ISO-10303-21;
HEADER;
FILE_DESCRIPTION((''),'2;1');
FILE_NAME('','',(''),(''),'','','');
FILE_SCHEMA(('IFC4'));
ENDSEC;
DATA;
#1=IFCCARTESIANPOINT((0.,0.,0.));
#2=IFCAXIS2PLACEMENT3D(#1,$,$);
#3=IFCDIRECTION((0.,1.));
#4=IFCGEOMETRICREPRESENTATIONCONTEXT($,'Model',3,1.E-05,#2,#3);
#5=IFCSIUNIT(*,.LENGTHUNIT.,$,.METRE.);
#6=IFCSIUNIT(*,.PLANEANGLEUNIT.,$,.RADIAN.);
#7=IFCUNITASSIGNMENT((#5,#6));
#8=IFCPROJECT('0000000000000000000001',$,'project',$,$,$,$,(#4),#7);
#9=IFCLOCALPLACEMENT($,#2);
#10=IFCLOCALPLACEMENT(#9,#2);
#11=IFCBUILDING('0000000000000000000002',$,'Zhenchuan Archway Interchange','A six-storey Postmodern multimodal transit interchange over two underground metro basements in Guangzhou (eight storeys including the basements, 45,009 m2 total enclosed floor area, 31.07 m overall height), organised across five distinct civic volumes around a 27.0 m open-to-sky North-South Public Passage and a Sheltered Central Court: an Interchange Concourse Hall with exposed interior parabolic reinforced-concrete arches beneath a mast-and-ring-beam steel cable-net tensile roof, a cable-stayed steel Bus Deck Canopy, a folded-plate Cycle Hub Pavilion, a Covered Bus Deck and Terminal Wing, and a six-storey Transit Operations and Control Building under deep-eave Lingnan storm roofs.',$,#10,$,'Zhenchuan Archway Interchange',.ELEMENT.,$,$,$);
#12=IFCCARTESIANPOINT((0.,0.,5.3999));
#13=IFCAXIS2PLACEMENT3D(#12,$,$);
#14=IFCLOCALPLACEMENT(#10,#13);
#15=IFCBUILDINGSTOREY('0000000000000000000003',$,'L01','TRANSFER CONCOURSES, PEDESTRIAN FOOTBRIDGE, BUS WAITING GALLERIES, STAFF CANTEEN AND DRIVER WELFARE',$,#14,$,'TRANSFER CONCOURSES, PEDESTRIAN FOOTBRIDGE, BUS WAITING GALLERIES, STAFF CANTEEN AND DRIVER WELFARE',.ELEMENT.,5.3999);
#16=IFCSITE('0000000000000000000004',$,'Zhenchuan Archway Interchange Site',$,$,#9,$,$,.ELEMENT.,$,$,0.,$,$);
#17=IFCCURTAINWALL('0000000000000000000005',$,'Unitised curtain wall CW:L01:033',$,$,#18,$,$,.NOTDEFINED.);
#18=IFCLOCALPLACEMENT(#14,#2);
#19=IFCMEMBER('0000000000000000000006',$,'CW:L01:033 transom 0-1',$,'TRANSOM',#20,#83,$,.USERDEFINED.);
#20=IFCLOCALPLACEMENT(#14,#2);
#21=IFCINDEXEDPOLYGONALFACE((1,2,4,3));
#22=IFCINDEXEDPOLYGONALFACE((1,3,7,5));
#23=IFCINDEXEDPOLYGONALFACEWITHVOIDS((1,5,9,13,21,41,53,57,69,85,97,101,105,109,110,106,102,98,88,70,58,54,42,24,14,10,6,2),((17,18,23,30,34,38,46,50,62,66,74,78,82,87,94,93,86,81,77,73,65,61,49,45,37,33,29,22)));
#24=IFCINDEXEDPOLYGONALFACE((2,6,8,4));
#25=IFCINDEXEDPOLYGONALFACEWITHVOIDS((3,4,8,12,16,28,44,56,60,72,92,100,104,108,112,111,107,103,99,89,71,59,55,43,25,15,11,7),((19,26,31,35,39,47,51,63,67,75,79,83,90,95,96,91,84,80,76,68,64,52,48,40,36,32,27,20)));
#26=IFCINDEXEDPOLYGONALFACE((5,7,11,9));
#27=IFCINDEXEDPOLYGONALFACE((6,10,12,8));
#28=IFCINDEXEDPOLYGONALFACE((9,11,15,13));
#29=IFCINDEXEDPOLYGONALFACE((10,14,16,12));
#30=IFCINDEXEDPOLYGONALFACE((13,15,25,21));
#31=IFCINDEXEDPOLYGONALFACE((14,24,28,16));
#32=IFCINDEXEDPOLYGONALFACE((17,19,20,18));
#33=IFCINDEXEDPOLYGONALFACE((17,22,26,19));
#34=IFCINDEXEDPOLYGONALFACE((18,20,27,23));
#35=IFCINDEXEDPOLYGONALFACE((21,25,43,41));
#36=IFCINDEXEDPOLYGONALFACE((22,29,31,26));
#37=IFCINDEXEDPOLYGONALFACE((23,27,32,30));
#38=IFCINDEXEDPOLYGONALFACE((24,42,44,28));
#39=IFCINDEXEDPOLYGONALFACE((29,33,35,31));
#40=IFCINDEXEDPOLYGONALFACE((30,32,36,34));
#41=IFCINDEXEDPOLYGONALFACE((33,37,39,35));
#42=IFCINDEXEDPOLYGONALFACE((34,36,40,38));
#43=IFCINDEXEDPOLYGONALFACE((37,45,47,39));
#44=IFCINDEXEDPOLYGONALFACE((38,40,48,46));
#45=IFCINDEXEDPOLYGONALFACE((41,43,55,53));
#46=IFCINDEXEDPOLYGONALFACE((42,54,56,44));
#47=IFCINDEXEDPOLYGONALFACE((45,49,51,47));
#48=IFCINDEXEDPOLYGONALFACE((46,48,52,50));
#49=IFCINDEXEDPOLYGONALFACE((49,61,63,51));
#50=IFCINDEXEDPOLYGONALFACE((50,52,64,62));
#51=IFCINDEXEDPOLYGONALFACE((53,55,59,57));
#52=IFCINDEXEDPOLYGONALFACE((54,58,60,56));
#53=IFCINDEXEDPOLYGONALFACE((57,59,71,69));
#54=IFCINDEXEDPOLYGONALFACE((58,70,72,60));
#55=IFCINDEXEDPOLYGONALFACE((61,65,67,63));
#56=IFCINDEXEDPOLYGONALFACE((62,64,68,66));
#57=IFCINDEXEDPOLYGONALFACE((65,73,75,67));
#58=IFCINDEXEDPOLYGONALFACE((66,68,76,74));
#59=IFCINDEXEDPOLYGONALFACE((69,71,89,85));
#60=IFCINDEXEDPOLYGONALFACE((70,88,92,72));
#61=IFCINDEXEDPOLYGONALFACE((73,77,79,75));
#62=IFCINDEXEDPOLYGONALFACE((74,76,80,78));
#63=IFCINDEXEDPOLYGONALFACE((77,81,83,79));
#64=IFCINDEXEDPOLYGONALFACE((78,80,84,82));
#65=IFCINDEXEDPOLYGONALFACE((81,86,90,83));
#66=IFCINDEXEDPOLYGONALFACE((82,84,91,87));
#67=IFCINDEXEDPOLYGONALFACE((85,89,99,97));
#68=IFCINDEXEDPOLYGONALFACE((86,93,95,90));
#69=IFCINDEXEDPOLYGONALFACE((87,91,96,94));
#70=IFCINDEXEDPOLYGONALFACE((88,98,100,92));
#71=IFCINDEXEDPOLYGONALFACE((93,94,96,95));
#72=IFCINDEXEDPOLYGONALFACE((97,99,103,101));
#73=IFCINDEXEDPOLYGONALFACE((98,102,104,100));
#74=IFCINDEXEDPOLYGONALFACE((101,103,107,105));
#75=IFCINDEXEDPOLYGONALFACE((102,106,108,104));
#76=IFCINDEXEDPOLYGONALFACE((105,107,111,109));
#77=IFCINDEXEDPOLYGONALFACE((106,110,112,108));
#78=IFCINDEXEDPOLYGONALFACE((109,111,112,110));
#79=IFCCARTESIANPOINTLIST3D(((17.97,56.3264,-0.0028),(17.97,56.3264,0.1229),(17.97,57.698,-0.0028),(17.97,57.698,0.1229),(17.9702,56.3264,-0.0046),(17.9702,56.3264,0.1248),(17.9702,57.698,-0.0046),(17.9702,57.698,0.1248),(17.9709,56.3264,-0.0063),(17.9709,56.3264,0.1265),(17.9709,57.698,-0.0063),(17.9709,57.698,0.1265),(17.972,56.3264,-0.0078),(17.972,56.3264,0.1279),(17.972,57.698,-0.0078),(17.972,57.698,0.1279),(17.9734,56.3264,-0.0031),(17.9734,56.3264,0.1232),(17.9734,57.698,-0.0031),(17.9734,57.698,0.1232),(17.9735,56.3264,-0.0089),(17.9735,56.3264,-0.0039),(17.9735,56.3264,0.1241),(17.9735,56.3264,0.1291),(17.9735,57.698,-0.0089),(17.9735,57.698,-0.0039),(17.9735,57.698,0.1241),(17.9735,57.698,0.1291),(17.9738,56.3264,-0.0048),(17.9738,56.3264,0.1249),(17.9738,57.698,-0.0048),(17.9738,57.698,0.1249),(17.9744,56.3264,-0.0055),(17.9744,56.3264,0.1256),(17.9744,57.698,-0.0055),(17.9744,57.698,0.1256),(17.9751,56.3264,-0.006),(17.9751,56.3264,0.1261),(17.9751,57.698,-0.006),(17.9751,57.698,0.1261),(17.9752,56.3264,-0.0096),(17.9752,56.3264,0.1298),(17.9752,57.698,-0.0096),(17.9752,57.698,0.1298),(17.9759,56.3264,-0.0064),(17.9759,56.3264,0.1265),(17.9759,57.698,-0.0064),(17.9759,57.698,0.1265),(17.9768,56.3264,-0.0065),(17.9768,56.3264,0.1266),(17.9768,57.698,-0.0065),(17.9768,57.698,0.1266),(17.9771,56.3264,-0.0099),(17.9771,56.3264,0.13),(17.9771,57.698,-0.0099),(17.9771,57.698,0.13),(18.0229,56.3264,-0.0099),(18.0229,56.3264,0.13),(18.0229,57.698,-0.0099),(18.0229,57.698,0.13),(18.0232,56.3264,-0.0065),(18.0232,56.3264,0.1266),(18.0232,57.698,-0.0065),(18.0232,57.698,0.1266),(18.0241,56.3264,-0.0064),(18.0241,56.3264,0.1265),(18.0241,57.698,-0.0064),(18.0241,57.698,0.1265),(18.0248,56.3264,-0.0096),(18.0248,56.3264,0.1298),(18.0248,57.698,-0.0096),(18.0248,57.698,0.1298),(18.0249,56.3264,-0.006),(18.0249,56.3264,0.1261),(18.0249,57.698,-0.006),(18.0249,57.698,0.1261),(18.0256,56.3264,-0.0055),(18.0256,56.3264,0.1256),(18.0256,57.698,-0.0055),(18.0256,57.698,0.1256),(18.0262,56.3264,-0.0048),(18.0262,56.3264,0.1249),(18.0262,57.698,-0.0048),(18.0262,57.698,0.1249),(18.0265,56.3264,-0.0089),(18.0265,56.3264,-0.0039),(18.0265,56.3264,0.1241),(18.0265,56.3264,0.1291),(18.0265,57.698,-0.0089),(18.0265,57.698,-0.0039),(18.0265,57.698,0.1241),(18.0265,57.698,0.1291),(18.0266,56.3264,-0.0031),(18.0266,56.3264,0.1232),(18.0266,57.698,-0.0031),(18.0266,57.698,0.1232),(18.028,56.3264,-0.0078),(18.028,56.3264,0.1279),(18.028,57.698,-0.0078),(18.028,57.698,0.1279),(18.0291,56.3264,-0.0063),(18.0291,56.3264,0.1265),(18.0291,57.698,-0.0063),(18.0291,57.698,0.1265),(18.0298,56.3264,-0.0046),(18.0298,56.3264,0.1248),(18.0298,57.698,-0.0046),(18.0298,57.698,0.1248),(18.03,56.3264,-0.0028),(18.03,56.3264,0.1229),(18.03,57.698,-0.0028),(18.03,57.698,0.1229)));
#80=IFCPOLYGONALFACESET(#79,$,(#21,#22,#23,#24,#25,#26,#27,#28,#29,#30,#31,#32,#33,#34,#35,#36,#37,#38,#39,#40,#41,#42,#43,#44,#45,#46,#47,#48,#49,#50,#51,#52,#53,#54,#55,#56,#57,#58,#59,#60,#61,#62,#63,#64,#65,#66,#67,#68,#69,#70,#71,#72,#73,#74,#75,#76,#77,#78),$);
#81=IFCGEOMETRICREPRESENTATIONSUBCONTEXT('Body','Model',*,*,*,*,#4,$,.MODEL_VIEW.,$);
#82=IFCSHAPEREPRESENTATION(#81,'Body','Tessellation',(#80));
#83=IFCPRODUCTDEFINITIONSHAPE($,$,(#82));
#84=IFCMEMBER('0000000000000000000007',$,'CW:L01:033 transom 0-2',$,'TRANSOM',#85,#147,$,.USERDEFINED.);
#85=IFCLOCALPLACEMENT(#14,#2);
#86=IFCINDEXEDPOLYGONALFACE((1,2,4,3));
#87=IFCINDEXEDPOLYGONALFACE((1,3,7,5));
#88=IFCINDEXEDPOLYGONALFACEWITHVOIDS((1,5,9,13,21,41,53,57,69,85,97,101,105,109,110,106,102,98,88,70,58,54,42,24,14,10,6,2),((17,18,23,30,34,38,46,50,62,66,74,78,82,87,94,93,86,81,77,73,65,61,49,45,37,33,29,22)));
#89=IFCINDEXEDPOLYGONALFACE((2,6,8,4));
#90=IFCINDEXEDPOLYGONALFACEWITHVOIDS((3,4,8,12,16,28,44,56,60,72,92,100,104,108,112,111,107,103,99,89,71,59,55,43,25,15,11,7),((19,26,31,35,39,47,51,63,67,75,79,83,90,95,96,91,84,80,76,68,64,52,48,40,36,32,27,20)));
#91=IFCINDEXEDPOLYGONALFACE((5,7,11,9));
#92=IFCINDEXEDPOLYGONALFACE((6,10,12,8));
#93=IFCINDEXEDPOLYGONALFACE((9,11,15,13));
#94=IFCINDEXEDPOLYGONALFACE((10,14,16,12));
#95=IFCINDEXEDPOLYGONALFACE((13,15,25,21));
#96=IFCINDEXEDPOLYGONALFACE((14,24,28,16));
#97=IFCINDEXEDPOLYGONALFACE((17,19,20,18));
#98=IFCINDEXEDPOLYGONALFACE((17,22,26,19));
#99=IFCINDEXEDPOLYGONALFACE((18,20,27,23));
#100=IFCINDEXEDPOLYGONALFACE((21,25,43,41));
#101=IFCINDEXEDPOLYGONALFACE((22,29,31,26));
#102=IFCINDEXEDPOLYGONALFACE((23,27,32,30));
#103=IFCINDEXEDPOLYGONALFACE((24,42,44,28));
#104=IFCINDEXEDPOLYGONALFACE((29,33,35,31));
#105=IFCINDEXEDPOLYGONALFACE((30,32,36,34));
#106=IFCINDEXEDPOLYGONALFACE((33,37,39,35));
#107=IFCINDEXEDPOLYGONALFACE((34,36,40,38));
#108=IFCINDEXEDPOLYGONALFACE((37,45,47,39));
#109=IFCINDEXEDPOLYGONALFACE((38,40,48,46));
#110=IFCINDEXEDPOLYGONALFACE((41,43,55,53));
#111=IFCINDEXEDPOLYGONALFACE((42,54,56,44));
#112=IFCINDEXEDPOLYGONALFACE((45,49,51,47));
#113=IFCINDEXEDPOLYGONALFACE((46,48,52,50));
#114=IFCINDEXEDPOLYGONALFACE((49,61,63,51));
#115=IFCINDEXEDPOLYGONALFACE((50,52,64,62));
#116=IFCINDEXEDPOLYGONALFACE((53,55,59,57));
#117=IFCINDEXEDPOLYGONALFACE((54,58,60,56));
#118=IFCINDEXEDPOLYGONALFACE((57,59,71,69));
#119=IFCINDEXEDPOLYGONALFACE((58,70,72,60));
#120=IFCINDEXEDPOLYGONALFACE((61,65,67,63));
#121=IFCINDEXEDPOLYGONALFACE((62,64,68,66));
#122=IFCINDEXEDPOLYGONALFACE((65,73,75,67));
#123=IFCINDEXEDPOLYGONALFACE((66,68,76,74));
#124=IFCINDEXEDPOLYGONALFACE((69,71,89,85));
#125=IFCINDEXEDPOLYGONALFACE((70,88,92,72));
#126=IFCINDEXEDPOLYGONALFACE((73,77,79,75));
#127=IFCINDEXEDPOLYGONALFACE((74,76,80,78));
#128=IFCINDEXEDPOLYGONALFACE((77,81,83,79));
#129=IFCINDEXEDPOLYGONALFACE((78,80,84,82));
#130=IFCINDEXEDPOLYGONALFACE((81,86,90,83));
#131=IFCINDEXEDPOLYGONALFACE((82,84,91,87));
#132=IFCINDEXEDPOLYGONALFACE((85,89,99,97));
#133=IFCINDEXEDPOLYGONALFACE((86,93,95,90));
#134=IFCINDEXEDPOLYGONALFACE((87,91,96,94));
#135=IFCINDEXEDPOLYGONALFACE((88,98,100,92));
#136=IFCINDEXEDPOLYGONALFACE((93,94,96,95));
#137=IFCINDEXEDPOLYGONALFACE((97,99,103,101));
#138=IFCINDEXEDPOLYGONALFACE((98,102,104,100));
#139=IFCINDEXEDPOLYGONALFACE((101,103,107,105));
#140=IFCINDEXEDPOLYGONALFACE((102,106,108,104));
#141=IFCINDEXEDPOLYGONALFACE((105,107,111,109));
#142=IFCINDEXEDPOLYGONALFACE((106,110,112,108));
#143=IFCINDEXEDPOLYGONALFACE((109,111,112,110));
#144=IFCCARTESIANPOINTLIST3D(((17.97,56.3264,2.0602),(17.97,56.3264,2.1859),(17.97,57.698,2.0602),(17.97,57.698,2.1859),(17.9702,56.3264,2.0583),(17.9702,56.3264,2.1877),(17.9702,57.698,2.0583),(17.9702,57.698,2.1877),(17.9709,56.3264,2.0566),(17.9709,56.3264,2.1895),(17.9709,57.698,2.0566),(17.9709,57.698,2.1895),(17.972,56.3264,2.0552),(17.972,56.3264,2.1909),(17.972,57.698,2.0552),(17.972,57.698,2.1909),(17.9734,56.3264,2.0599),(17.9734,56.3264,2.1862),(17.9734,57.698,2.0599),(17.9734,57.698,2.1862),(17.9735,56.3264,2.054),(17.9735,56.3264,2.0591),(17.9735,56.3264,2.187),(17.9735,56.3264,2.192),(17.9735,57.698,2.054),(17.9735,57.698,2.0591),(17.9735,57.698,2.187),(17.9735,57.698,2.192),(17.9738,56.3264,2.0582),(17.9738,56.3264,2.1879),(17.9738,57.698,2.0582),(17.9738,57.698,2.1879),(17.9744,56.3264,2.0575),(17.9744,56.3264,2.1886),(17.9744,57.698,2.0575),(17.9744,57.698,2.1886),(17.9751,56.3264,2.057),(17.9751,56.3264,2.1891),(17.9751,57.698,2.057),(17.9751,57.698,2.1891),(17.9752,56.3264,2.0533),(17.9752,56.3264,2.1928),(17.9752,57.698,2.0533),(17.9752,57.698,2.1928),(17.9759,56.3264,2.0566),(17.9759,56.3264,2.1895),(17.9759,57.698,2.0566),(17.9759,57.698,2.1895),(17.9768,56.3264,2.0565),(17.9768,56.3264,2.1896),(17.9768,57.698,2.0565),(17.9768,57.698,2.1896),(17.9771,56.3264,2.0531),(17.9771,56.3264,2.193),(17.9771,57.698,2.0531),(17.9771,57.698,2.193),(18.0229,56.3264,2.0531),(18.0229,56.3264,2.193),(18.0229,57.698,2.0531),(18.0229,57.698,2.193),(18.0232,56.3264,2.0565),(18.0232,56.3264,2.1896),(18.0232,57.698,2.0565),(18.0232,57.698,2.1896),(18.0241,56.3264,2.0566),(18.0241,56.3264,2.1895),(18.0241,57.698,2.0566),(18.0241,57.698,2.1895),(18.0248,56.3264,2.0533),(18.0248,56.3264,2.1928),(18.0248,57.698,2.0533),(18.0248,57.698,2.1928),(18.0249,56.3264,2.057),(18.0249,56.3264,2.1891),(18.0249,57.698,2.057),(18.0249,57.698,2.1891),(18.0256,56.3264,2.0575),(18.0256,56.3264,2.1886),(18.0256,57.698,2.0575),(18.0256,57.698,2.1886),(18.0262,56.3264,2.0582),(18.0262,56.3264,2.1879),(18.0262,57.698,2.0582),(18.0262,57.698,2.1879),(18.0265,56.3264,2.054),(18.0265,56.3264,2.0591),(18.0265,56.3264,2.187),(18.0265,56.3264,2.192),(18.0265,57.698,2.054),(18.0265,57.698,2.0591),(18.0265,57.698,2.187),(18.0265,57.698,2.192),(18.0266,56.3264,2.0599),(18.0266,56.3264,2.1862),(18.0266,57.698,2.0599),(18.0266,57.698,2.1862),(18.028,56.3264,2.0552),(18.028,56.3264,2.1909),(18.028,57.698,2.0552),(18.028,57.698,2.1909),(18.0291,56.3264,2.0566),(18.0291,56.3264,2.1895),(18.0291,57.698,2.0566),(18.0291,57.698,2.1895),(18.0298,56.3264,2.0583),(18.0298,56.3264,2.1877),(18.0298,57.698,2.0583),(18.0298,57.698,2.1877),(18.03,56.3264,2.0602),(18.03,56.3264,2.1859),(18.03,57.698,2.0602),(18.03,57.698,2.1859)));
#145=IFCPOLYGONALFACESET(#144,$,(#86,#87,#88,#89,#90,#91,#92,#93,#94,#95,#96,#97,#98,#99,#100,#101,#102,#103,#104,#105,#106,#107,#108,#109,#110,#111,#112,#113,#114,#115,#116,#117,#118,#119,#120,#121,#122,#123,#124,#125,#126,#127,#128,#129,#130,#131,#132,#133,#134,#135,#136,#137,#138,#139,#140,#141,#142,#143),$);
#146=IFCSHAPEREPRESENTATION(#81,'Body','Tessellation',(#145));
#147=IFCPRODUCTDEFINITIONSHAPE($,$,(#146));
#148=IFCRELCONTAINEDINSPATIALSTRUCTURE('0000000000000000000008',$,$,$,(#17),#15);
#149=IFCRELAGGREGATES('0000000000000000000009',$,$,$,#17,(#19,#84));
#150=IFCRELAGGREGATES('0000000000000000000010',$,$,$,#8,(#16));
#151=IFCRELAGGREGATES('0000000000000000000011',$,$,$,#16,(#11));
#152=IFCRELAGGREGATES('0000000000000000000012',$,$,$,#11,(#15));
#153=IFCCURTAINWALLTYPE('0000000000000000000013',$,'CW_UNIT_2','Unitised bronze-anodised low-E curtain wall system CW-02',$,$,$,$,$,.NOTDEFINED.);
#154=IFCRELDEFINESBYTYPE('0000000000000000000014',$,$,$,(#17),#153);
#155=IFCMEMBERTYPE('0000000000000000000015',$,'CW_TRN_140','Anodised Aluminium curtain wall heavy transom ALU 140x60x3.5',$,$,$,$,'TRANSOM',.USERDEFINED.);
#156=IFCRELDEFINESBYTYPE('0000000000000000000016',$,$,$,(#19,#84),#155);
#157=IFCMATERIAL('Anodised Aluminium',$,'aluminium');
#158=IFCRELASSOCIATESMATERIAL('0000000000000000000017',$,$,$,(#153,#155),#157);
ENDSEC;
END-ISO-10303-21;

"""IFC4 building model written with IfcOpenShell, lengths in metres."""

from ifc_helpers import new_model, si_unit, direction, frame, origin, origin_2d, place, context, subcontext, project, spatial, hollow_rectangle, extrude, material, material_profile, profile_set, type_object, element, aggregate, save


model = new_model("IFC4")

# Units and contexts
model_context = context("Model", 3, precision=1e-05, world=origin(), true_north=direction((0.0, 1.0)))
body_context = subcontext(model_context, "Body", "Model", "MODEL_VIEW")
ifc_project = project(units=[si_unit("LENGTHUNIT", "METRE"), si_unit("PLANEANGLEUNIT", "RADIAN")], contexts=[model_context])

# Site, building, storey
site_placement = place(None, origin())
site = spatial("IfcSite", under=ifc_project, at=site_placement, Name="Zhenchuan Archway Interchange Site", CompositionType="ELEMENT", RefElevation=0.0)
building_placement = place(site_placement, origin())
building = spatial("IfcBuilding", under=site, at=building_placement, Name="Zhenchuan Archway Interchange", Description="A six-storey Postmodern multimodal transit interchange over two underground metro basements in Guangzhou (eight storeys including the basements, 45,009 m2 total enclosed floor area, 31.07 m overall height), organised across five distinct civic volumes around a 27.0 m open-to-sky North-South Public Passage and a Sheltered Central Court: an Interchange Concourse Hall with exposed interior parabolic reinforced-concrete arches beneath a mast-and-ring-beam steel cable-net tensile roof, a cable-stayed steel Bus Deck Canopy, a folded-plate Cycle Hub Pavilion, a Covered Bus Deck and Terminal Wing, and a six-storey Transit Operations and Control Building under deep-eave Lingnan storm roofs.", LongName="Zhenchuan Archway Interchange", CompositionType="ELEMENT")
storey_placement = place(building_placement, frame((0.0, 0.0, 5.3999)))
storey = spatial("IfcBuildingStorey", under=building, at=storey_placement, Name="L01", Description="TRANSFER CONCOURSES, PEDESTRIAN FOOTBRIDGE, BUS WAITING GALLERIES, STAFF CANTEEN AND DRIVER WELFARE", LongName="TRANSFER CONCOURSES, PEDESTRIAN FOOTBRIDGE, BUS WAITING GALLERIES, STAFF CANTEEN AND DRIVER WELFARE", CompositionType="ELEMENT", Elevation=5.3999)

# Curtain wall
ifc_material_1 = material(Name="Anodised Aluminium", Category="aluminium")
curtain_wall_type_1 = type_object("IfcCurtainWallType", Name="CW_UNIT_2", Description="Unitised bronze-anodised low-E curtain wall system CW-02", PredefinedType="NOTDEFINED", material=ifc_material_1)
curtain_wall_1_placement = place(storey_placement, origin())
curtain_wall_1 = element("IfcCurtainWall", 1, at=curtain_wall_1_placement, inside=storey, type_object=curtain_wall_type_1, Name="Unitised curtain wall CW:L01:033", PredefinedType="NOTDEFINED")

# Members
ifc_material_profile_1 = material_profile(ifc_material_1, hollow_rectangle(XDim=0.0601, YDim=0.1399, WallThickness=0.0034, InnerFilletRadius=0.0034, OuterFilletRadius=0.0071, at=origin_2d()), Name="ALU 140x60x3.5")
ifc_profile_set_1 = profile_set([ifc_material_profile_1], Name="Anodised Aluminium")
member_type_1 = type_object("IfcMemberType", Name="CW_TRN_140", Description="Anodised Aluminium curtain wall heavy transom ALU 140x60x3.5", ElementType="TRANSOM", PredefinedType="USERDEFINED", material=ifc_profile_set_1)
member_1_placement = place(storey_placement, frame((18.0, 56.3264, 0.0601), z_axis=(0.0, 1.0, 0.0), x_axis=(-1.0, 0.0, 0.0)))
member_1 = element("IfcMember", 2, at=member_1_placement, type_object=member_type_1, Name="CW:L01:033 transom 0-1", ObjectType="TRANSOM", PredefinedType="USERDEFINED", context=body_context, shape_type="SweptSolid", body=[
    extrude(hollow_rectangle(XDim=0.0601, YDim=0.1399, WallThickness=0.0034, InnerFilletRadius=0.0034, OuterFilletRadius=0.0071, at=origin_2d()), origin(), (0.0, 0.0, 1.0), 1.3716),
])
member_2_placement = place(storey_placement, frame((18.0, 56.3264, 2.123), z_axis=(0.0, 1.0, 0.0), x_axis=(-1.0, 0.0, 0.0)))
member_2 = element("IfcMember", 3, at=member_2_placement, type_object=member_type_1, Name="CW:L01:033 transom 0-2", ObjectType="TRANSOM", PredefinedType="USERDEFINED", context=body_context, shape_type="SweptSolid", body=[
    extrude(hollow_rectangle(XDim=0.0601, YDim=0.1399, WallThickness=0.0034, InnerFilletRadius=0.0034, OuterFilletRadius=0.0071, at=origin_2d()), origin(), (0.0, 0.0, 1.0), 1.3716),
])

aggregate(curtain_wall_1, [member_1, member_2])

save(model, "model.ifc")
